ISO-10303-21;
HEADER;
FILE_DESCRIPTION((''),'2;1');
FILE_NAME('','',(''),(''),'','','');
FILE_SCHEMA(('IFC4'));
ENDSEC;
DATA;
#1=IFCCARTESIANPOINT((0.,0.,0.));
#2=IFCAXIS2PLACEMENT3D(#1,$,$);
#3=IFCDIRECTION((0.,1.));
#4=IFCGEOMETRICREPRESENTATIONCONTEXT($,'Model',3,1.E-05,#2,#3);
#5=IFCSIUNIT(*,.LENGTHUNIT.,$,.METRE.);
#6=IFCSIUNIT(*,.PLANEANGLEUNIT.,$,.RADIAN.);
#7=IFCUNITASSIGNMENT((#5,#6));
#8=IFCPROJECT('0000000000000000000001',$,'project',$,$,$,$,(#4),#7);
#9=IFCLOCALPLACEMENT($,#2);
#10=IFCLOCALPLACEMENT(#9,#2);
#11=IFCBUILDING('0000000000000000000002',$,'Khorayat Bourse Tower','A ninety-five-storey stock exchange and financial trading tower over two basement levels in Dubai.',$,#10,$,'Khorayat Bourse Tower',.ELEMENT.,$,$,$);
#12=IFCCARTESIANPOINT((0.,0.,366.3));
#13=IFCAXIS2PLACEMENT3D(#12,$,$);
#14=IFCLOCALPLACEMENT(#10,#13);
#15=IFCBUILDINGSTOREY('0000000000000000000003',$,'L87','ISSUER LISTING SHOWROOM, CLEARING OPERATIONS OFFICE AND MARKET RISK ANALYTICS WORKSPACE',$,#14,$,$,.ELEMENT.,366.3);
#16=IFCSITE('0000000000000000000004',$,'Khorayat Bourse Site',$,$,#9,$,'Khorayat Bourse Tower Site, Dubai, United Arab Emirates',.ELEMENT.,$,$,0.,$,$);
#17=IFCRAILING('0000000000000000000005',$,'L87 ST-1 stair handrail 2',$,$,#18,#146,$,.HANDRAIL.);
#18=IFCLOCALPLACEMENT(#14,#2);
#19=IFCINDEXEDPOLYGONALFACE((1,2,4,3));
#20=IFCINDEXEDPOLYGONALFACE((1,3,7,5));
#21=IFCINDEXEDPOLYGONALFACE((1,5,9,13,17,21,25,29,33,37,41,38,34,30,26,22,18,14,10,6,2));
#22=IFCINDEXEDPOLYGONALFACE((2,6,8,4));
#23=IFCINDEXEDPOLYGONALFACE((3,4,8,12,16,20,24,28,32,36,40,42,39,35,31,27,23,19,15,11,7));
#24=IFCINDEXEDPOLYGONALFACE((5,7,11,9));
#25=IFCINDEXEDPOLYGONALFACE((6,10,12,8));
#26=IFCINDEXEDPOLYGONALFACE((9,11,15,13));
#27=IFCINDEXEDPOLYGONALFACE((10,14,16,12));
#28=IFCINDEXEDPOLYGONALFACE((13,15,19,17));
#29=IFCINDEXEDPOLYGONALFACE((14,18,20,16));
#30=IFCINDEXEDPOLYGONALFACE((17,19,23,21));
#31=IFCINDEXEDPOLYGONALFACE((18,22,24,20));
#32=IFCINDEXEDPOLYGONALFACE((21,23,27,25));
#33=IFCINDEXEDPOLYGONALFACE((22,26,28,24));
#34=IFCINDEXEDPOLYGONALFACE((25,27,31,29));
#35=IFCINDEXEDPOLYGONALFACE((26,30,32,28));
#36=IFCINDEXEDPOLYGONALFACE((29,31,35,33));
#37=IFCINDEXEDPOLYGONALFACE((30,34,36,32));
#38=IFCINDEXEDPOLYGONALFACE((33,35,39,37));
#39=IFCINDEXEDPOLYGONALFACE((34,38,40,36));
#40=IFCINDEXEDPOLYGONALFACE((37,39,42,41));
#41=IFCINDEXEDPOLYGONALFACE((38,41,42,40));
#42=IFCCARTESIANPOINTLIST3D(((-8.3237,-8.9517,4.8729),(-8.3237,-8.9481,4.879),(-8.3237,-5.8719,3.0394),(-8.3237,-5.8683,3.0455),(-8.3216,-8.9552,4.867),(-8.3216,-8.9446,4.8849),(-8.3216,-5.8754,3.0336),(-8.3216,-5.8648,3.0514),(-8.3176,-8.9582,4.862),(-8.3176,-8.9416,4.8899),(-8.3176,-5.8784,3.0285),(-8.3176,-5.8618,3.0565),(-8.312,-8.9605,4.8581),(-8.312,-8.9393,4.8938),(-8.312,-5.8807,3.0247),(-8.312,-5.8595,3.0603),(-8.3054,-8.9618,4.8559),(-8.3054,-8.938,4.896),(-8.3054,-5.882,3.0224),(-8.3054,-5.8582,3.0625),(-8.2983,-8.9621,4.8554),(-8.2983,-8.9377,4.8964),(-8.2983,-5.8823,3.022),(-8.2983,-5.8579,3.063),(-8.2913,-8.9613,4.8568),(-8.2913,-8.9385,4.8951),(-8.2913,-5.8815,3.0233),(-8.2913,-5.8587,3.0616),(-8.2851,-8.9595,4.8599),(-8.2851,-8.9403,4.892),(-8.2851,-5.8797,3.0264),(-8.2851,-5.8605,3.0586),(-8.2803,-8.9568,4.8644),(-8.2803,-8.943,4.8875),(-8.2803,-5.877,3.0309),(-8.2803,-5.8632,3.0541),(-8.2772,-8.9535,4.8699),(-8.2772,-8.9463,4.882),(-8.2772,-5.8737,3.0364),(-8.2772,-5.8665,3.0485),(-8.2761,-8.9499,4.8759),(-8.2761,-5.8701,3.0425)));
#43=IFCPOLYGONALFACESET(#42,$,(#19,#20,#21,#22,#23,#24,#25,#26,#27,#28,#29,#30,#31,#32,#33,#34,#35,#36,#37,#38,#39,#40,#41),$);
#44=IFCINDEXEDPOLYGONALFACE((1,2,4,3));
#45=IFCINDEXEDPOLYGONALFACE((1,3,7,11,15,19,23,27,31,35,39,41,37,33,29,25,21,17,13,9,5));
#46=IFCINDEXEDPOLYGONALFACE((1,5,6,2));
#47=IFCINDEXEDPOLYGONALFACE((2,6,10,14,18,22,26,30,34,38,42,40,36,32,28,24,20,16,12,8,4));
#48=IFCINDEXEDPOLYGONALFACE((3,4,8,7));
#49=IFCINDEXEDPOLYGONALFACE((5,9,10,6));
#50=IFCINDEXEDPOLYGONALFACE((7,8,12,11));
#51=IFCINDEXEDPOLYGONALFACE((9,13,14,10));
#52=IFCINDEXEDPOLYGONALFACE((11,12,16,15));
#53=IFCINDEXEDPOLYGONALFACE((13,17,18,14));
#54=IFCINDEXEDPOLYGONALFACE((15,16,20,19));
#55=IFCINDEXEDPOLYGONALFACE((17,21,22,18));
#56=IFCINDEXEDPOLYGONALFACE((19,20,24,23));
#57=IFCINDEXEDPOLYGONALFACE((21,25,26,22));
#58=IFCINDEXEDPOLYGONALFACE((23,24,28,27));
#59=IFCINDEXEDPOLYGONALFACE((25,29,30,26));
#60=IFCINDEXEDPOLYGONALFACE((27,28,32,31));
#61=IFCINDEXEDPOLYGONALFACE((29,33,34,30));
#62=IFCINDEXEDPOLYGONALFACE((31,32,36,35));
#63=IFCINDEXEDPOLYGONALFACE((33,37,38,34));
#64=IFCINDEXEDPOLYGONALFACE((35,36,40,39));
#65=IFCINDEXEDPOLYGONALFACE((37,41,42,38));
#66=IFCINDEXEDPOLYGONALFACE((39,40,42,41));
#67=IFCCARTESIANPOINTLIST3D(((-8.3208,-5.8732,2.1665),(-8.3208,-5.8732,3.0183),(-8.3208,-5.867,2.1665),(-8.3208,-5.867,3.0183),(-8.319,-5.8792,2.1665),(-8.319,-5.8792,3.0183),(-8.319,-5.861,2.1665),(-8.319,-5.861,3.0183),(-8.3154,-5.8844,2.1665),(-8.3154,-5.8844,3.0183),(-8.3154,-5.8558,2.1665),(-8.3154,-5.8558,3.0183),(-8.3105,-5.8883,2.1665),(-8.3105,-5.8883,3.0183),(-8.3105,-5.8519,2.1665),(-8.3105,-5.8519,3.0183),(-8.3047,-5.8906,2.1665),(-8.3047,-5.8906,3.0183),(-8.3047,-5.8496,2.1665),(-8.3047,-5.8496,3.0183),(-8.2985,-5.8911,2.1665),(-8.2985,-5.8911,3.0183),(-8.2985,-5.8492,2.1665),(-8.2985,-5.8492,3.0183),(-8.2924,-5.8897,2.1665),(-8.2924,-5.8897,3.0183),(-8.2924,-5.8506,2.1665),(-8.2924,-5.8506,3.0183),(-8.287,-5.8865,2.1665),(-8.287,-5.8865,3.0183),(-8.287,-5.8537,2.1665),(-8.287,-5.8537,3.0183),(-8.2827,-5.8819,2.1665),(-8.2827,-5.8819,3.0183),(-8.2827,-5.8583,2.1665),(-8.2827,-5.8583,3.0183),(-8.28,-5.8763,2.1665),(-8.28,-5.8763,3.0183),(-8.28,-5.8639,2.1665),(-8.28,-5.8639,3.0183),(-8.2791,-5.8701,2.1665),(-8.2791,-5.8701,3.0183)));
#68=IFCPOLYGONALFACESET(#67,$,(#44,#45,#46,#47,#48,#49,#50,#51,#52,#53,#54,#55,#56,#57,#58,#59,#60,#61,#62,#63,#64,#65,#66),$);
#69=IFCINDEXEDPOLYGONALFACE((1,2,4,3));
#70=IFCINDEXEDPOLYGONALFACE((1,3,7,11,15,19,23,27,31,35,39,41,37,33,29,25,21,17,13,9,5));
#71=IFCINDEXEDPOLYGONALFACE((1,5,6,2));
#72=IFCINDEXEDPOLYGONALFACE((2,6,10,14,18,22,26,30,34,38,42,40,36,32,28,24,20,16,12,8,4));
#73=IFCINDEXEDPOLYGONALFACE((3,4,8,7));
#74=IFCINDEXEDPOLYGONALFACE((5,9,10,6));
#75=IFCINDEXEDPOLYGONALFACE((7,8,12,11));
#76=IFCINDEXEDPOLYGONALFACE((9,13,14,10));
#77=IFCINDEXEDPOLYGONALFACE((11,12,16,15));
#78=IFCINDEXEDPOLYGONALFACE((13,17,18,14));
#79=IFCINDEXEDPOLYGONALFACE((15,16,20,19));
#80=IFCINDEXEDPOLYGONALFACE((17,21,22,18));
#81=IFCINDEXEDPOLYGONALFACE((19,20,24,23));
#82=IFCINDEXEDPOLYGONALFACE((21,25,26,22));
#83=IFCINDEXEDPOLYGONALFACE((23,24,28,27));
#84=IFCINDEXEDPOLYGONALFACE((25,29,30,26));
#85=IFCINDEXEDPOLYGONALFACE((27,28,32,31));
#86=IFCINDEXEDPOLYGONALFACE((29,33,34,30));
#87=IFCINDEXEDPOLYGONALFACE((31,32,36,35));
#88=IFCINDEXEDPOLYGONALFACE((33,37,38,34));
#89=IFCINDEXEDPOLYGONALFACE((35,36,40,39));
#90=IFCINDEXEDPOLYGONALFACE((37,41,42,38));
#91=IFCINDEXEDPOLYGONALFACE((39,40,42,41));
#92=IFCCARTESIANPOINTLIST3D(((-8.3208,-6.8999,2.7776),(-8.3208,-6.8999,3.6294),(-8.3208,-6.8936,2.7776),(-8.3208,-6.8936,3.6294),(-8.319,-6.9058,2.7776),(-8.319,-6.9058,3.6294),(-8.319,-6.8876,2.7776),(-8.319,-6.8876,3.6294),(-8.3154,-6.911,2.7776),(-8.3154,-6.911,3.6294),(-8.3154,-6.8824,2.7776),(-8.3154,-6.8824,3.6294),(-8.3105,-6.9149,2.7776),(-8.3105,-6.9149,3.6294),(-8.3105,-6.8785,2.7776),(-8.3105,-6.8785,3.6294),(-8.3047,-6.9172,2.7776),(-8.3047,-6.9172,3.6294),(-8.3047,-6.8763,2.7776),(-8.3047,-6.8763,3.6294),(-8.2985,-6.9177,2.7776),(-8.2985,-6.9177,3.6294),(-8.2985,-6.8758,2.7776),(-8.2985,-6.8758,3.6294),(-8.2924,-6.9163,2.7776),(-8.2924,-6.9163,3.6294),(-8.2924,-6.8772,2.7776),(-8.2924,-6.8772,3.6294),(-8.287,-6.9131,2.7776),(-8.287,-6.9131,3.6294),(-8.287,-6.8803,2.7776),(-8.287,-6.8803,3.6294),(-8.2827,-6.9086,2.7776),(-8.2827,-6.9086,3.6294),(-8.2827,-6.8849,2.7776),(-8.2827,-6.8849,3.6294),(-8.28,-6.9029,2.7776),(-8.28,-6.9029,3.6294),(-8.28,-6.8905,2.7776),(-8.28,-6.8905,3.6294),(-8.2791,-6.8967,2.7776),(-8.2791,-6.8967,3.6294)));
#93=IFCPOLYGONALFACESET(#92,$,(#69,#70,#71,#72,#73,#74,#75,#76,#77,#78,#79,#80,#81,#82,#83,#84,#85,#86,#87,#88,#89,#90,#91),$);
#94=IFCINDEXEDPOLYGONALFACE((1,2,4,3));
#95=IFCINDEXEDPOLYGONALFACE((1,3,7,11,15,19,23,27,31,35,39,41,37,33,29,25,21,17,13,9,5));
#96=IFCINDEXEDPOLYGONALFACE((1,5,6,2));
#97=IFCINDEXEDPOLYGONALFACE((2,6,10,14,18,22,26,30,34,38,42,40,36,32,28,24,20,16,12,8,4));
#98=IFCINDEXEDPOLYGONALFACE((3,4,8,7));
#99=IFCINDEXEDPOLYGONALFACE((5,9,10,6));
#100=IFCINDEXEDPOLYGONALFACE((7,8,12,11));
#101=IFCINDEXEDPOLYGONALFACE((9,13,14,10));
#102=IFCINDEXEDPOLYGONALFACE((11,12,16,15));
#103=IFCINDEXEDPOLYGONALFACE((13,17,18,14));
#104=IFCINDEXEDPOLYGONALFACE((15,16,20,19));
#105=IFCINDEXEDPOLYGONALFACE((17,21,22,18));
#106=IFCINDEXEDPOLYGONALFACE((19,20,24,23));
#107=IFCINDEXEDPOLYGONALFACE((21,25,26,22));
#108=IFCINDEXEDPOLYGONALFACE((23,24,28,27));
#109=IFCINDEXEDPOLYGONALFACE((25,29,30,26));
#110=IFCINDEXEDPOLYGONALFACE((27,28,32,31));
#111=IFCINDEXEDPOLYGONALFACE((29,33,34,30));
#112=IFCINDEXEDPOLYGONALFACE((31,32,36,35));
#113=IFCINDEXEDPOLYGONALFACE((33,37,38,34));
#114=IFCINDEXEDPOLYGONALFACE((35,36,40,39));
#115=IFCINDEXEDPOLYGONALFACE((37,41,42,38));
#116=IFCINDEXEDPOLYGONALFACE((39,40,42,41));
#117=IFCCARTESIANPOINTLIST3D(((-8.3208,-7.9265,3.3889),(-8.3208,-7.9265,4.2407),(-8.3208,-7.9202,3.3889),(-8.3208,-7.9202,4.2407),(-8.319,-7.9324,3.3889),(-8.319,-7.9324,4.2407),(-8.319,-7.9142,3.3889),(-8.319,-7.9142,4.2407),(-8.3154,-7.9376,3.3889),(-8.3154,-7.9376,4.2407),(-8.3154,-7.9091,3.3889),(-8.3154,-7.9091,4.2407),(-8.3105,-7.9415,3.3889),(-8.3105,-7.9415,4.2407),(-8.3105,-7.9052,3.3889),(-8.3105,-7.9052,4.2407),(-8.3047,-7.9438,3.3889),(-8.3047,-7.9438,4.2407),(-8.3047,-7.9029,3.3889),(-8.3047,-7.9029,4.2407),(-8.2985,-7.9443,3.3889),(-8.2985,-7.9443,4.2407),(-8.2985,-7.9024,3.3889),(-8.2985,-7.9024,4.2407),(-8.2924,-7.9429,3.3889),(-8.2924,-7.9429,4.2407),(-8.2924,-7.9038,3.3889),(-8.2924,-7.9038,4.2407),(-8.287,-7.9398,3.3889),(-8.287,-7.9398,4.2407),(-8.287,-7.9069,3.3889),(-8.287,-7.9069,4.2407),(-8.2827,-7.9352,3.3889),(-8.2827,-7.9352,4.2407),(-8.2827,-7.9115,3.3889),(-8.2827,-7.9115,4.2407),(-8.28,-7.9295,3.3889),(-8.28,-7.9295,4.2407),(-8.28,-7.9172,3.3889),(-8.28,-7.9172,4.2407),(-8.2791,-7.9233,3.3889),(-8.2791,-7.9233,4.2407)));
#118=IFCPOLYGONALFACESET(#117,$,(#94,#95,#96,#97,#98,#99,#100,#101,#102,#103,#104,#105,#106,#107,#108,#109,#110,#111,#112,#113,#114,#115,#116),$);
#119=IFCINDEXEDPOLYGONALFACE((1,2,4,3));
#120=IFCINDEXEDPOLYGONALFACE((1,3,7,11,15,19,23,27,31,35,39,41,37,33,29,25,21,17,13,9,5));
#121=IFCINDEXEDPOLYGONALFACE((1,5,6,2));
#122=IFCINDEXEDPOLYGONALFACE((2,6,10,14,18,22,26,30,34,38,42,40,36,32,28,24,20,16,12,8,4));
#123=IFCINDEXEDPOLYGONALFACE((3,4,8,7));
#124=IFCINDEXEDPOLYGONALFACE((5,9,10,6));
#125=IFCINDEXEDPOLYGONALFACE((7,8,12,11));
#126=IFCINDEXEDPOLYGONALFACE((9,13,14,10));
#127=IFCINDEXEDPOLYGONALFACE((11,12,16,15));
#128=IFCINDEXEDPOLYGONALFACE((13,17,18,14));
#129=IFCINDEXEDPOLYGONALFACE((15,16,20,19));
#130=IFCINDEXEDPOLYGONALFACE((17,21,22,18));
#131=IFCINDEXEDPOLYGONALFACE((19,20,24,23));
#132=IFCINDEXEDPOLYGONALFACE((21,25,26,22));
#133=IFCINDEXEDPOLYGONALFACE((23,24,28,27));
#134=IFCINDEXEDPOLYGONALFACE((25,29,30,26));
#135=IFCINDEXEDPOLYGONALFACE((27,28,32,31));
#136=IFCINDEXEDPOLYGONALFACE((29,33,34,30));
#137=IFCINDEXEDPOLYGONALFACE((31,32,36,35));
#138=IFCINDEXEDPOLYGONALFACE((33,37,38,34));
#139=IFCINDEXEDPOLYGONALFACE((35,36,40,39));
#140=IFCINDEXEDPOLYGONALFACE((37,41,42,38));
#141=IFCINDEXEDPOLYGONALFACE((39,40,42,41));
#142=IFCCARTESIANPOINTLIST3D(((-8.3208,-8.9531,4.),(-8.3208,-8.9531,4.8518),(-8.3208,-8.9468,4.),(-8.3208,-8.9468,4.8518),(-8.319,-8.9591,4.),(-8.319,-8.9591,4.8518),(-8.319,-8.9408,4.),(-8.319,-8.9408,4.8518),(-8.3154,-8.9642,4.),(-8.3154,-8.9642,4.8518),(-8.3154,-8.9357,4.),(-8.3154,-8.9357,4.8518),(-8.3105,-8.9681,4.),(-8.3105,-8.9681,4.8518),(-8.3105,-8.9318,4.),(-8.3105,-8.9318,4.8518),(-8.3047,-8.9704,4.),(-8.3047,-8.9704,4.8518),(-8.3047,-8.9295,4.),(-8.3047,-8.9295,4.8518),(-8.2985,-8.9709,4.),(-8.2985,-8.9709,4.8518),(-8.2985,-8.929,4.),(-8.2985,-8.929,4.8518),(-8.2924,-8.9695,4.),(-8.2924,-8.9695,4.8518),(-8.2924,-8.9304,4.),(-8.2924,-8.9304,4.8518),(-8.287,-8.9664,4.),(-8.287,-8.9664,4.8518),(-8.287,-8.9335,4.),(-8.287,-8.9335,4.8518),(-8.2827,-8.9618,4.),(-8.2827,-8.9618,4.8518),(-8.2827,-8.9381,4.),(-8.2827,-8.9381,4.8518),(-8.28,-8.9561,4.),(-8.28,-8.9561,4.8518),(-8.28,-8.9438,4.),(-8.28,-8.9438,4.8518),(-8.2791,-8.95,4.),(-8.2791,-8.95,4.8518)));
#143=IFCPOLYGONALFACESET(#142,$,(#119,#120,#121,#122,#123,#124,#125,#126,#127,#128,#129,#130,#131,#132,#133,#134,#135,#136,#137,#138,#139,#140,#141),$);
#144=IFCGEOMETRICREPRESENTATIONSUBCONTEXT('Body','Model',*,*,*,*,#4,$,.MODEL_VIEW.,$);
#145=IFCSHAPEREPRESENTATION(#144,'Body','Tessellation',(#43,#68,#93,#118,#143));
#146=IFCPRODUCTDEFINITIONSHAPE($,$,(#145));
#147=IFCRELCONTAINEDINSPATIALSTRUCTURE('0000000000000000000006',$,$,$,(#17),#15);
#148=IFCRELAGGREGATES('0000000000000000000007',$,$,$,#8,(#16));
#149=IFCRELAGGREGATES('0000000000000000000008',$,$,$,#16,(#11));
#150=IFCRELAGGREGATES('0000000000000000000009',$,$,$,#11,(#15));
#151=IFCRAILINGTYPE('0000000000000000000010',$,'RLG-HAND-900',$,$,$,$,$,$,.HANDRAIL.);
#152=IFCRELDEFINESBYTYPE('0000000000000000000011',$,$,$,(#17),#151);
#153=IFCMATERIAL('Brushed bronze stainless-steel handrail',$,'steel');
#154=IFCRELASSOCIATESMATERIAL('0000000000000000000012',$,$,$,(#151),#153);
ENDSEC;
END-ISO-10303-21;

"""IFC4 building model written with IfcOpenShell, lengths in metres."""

from ifc_helpers import new_model, si_unit, direction, frame, origin, origin_2d, place, context, subcontext, project, spatial, circle, extrude, source, transform, mapped, material, type_object, element, save


model = new_model("IFC4")

# Units and contexts
model_context = context("Model", 3, precision=1e-05, world=origin(), true_north=direction((0.0, 1.0)))
body_context = subcontext(model_context, "Body", "Model", "MODEL_VIEW")
ifc_project = project(units=[si_unit("LENGTHUNIT", "METRE"), si_unit("PLANEANGLEUNIT", "RADIAN")], contexts=[model_context])

# Site, building, storey
site_placement = place(None, origin())
site = spatial("IfcSite", under=ifc_project, at=site_placement, Name="Khorayat Bourse Site", LongName="Khorayat Bourse Tower Site, Dubai, United Arab Emirates", CompositionType="ELEMENT", RefElevation=0.0)
building_placement = place(site_placement, origin())
building = spatial("IfcBuilding", under=site, at=building_placement, Name="Khorayat Bourse Tower", Description="A ninety-five-storey stock exchange and financial trading tower over two basement levels in Dubai.", LongName="Khorayat Bourse Tower", CompositionType="ELEMENT")
storey_placement = place(building_placement, frame((0.0, 0.0, 366.3)))
storey = spatial("IfcBuildingStorey", under=building, at=storey_placement, Name="L87", Description="ISSUER LISTING SHOWROOM, CLEARING OPERATIONS OFFICE AND MARKET RISK ANALYTICS WORKSPACE", CompositionType="ELEMENT", Elevation=366.3)

# Railing
ifc_material_1 = material(Name="Brushed bronze stainless-steel handrail", Category="steel")
railing_type_1 = type_object("IfcRailingType", Name="RLG-HAND-900", PredefinedType="HANDRAIL", material=ifc_material_1)
shared_shape_1 = source(origin(), body_context, "Body", "SweptSolid", [
    extrude(circle(Radius=0.0239, at=origin_2d()), frame((0.0, 0.0, 0.876), z_axis=(0.0, -0.859261, 0.511538), x_axis=(1.0, 0.0, 0.0)), (0.0, 0.0, 1.0), 3.5842),
    extrude(circle(Radius=0.021, at=origin_2d()), origin(), (0.0, 0.0, 1.0), 0.8518),
    extrude(circle(Radius=0.021, at=origin_2d()), frame((0.0, -1.0266, 0.6111)), (0.0, 0.0, 1.0), 0.8518),
    extrude(circle(Radius=0.021, at=origin_2d()), frame((0.0, -2.0532, 1.2224)), (0.0, 0.0, 1.0), 0.8518),
    extrude(circle(Radius=0.021, at=origin_2d()), frame((0.0, -3.0798, 1.8335)), (0.0, 0.0, 1.0), 0.8518),
])
railing_1_placement = place(storey_placement, frame((-8.3, -5.8701, 2.1665)))
element("IfcRailing", 1, at=railing_1_placement, inside=storey, type_object=railing_type_1, Name="L87 ST-1 stair handrail 2", PredefinedType="HANDRAIL", context=body_context, shape_type="MappedRepresentation", body=[
    mapped(shared_shape_1, transform((0.0, 0.0, 0.0), scale=1.0)),
])

save(model, "model.ifc")
